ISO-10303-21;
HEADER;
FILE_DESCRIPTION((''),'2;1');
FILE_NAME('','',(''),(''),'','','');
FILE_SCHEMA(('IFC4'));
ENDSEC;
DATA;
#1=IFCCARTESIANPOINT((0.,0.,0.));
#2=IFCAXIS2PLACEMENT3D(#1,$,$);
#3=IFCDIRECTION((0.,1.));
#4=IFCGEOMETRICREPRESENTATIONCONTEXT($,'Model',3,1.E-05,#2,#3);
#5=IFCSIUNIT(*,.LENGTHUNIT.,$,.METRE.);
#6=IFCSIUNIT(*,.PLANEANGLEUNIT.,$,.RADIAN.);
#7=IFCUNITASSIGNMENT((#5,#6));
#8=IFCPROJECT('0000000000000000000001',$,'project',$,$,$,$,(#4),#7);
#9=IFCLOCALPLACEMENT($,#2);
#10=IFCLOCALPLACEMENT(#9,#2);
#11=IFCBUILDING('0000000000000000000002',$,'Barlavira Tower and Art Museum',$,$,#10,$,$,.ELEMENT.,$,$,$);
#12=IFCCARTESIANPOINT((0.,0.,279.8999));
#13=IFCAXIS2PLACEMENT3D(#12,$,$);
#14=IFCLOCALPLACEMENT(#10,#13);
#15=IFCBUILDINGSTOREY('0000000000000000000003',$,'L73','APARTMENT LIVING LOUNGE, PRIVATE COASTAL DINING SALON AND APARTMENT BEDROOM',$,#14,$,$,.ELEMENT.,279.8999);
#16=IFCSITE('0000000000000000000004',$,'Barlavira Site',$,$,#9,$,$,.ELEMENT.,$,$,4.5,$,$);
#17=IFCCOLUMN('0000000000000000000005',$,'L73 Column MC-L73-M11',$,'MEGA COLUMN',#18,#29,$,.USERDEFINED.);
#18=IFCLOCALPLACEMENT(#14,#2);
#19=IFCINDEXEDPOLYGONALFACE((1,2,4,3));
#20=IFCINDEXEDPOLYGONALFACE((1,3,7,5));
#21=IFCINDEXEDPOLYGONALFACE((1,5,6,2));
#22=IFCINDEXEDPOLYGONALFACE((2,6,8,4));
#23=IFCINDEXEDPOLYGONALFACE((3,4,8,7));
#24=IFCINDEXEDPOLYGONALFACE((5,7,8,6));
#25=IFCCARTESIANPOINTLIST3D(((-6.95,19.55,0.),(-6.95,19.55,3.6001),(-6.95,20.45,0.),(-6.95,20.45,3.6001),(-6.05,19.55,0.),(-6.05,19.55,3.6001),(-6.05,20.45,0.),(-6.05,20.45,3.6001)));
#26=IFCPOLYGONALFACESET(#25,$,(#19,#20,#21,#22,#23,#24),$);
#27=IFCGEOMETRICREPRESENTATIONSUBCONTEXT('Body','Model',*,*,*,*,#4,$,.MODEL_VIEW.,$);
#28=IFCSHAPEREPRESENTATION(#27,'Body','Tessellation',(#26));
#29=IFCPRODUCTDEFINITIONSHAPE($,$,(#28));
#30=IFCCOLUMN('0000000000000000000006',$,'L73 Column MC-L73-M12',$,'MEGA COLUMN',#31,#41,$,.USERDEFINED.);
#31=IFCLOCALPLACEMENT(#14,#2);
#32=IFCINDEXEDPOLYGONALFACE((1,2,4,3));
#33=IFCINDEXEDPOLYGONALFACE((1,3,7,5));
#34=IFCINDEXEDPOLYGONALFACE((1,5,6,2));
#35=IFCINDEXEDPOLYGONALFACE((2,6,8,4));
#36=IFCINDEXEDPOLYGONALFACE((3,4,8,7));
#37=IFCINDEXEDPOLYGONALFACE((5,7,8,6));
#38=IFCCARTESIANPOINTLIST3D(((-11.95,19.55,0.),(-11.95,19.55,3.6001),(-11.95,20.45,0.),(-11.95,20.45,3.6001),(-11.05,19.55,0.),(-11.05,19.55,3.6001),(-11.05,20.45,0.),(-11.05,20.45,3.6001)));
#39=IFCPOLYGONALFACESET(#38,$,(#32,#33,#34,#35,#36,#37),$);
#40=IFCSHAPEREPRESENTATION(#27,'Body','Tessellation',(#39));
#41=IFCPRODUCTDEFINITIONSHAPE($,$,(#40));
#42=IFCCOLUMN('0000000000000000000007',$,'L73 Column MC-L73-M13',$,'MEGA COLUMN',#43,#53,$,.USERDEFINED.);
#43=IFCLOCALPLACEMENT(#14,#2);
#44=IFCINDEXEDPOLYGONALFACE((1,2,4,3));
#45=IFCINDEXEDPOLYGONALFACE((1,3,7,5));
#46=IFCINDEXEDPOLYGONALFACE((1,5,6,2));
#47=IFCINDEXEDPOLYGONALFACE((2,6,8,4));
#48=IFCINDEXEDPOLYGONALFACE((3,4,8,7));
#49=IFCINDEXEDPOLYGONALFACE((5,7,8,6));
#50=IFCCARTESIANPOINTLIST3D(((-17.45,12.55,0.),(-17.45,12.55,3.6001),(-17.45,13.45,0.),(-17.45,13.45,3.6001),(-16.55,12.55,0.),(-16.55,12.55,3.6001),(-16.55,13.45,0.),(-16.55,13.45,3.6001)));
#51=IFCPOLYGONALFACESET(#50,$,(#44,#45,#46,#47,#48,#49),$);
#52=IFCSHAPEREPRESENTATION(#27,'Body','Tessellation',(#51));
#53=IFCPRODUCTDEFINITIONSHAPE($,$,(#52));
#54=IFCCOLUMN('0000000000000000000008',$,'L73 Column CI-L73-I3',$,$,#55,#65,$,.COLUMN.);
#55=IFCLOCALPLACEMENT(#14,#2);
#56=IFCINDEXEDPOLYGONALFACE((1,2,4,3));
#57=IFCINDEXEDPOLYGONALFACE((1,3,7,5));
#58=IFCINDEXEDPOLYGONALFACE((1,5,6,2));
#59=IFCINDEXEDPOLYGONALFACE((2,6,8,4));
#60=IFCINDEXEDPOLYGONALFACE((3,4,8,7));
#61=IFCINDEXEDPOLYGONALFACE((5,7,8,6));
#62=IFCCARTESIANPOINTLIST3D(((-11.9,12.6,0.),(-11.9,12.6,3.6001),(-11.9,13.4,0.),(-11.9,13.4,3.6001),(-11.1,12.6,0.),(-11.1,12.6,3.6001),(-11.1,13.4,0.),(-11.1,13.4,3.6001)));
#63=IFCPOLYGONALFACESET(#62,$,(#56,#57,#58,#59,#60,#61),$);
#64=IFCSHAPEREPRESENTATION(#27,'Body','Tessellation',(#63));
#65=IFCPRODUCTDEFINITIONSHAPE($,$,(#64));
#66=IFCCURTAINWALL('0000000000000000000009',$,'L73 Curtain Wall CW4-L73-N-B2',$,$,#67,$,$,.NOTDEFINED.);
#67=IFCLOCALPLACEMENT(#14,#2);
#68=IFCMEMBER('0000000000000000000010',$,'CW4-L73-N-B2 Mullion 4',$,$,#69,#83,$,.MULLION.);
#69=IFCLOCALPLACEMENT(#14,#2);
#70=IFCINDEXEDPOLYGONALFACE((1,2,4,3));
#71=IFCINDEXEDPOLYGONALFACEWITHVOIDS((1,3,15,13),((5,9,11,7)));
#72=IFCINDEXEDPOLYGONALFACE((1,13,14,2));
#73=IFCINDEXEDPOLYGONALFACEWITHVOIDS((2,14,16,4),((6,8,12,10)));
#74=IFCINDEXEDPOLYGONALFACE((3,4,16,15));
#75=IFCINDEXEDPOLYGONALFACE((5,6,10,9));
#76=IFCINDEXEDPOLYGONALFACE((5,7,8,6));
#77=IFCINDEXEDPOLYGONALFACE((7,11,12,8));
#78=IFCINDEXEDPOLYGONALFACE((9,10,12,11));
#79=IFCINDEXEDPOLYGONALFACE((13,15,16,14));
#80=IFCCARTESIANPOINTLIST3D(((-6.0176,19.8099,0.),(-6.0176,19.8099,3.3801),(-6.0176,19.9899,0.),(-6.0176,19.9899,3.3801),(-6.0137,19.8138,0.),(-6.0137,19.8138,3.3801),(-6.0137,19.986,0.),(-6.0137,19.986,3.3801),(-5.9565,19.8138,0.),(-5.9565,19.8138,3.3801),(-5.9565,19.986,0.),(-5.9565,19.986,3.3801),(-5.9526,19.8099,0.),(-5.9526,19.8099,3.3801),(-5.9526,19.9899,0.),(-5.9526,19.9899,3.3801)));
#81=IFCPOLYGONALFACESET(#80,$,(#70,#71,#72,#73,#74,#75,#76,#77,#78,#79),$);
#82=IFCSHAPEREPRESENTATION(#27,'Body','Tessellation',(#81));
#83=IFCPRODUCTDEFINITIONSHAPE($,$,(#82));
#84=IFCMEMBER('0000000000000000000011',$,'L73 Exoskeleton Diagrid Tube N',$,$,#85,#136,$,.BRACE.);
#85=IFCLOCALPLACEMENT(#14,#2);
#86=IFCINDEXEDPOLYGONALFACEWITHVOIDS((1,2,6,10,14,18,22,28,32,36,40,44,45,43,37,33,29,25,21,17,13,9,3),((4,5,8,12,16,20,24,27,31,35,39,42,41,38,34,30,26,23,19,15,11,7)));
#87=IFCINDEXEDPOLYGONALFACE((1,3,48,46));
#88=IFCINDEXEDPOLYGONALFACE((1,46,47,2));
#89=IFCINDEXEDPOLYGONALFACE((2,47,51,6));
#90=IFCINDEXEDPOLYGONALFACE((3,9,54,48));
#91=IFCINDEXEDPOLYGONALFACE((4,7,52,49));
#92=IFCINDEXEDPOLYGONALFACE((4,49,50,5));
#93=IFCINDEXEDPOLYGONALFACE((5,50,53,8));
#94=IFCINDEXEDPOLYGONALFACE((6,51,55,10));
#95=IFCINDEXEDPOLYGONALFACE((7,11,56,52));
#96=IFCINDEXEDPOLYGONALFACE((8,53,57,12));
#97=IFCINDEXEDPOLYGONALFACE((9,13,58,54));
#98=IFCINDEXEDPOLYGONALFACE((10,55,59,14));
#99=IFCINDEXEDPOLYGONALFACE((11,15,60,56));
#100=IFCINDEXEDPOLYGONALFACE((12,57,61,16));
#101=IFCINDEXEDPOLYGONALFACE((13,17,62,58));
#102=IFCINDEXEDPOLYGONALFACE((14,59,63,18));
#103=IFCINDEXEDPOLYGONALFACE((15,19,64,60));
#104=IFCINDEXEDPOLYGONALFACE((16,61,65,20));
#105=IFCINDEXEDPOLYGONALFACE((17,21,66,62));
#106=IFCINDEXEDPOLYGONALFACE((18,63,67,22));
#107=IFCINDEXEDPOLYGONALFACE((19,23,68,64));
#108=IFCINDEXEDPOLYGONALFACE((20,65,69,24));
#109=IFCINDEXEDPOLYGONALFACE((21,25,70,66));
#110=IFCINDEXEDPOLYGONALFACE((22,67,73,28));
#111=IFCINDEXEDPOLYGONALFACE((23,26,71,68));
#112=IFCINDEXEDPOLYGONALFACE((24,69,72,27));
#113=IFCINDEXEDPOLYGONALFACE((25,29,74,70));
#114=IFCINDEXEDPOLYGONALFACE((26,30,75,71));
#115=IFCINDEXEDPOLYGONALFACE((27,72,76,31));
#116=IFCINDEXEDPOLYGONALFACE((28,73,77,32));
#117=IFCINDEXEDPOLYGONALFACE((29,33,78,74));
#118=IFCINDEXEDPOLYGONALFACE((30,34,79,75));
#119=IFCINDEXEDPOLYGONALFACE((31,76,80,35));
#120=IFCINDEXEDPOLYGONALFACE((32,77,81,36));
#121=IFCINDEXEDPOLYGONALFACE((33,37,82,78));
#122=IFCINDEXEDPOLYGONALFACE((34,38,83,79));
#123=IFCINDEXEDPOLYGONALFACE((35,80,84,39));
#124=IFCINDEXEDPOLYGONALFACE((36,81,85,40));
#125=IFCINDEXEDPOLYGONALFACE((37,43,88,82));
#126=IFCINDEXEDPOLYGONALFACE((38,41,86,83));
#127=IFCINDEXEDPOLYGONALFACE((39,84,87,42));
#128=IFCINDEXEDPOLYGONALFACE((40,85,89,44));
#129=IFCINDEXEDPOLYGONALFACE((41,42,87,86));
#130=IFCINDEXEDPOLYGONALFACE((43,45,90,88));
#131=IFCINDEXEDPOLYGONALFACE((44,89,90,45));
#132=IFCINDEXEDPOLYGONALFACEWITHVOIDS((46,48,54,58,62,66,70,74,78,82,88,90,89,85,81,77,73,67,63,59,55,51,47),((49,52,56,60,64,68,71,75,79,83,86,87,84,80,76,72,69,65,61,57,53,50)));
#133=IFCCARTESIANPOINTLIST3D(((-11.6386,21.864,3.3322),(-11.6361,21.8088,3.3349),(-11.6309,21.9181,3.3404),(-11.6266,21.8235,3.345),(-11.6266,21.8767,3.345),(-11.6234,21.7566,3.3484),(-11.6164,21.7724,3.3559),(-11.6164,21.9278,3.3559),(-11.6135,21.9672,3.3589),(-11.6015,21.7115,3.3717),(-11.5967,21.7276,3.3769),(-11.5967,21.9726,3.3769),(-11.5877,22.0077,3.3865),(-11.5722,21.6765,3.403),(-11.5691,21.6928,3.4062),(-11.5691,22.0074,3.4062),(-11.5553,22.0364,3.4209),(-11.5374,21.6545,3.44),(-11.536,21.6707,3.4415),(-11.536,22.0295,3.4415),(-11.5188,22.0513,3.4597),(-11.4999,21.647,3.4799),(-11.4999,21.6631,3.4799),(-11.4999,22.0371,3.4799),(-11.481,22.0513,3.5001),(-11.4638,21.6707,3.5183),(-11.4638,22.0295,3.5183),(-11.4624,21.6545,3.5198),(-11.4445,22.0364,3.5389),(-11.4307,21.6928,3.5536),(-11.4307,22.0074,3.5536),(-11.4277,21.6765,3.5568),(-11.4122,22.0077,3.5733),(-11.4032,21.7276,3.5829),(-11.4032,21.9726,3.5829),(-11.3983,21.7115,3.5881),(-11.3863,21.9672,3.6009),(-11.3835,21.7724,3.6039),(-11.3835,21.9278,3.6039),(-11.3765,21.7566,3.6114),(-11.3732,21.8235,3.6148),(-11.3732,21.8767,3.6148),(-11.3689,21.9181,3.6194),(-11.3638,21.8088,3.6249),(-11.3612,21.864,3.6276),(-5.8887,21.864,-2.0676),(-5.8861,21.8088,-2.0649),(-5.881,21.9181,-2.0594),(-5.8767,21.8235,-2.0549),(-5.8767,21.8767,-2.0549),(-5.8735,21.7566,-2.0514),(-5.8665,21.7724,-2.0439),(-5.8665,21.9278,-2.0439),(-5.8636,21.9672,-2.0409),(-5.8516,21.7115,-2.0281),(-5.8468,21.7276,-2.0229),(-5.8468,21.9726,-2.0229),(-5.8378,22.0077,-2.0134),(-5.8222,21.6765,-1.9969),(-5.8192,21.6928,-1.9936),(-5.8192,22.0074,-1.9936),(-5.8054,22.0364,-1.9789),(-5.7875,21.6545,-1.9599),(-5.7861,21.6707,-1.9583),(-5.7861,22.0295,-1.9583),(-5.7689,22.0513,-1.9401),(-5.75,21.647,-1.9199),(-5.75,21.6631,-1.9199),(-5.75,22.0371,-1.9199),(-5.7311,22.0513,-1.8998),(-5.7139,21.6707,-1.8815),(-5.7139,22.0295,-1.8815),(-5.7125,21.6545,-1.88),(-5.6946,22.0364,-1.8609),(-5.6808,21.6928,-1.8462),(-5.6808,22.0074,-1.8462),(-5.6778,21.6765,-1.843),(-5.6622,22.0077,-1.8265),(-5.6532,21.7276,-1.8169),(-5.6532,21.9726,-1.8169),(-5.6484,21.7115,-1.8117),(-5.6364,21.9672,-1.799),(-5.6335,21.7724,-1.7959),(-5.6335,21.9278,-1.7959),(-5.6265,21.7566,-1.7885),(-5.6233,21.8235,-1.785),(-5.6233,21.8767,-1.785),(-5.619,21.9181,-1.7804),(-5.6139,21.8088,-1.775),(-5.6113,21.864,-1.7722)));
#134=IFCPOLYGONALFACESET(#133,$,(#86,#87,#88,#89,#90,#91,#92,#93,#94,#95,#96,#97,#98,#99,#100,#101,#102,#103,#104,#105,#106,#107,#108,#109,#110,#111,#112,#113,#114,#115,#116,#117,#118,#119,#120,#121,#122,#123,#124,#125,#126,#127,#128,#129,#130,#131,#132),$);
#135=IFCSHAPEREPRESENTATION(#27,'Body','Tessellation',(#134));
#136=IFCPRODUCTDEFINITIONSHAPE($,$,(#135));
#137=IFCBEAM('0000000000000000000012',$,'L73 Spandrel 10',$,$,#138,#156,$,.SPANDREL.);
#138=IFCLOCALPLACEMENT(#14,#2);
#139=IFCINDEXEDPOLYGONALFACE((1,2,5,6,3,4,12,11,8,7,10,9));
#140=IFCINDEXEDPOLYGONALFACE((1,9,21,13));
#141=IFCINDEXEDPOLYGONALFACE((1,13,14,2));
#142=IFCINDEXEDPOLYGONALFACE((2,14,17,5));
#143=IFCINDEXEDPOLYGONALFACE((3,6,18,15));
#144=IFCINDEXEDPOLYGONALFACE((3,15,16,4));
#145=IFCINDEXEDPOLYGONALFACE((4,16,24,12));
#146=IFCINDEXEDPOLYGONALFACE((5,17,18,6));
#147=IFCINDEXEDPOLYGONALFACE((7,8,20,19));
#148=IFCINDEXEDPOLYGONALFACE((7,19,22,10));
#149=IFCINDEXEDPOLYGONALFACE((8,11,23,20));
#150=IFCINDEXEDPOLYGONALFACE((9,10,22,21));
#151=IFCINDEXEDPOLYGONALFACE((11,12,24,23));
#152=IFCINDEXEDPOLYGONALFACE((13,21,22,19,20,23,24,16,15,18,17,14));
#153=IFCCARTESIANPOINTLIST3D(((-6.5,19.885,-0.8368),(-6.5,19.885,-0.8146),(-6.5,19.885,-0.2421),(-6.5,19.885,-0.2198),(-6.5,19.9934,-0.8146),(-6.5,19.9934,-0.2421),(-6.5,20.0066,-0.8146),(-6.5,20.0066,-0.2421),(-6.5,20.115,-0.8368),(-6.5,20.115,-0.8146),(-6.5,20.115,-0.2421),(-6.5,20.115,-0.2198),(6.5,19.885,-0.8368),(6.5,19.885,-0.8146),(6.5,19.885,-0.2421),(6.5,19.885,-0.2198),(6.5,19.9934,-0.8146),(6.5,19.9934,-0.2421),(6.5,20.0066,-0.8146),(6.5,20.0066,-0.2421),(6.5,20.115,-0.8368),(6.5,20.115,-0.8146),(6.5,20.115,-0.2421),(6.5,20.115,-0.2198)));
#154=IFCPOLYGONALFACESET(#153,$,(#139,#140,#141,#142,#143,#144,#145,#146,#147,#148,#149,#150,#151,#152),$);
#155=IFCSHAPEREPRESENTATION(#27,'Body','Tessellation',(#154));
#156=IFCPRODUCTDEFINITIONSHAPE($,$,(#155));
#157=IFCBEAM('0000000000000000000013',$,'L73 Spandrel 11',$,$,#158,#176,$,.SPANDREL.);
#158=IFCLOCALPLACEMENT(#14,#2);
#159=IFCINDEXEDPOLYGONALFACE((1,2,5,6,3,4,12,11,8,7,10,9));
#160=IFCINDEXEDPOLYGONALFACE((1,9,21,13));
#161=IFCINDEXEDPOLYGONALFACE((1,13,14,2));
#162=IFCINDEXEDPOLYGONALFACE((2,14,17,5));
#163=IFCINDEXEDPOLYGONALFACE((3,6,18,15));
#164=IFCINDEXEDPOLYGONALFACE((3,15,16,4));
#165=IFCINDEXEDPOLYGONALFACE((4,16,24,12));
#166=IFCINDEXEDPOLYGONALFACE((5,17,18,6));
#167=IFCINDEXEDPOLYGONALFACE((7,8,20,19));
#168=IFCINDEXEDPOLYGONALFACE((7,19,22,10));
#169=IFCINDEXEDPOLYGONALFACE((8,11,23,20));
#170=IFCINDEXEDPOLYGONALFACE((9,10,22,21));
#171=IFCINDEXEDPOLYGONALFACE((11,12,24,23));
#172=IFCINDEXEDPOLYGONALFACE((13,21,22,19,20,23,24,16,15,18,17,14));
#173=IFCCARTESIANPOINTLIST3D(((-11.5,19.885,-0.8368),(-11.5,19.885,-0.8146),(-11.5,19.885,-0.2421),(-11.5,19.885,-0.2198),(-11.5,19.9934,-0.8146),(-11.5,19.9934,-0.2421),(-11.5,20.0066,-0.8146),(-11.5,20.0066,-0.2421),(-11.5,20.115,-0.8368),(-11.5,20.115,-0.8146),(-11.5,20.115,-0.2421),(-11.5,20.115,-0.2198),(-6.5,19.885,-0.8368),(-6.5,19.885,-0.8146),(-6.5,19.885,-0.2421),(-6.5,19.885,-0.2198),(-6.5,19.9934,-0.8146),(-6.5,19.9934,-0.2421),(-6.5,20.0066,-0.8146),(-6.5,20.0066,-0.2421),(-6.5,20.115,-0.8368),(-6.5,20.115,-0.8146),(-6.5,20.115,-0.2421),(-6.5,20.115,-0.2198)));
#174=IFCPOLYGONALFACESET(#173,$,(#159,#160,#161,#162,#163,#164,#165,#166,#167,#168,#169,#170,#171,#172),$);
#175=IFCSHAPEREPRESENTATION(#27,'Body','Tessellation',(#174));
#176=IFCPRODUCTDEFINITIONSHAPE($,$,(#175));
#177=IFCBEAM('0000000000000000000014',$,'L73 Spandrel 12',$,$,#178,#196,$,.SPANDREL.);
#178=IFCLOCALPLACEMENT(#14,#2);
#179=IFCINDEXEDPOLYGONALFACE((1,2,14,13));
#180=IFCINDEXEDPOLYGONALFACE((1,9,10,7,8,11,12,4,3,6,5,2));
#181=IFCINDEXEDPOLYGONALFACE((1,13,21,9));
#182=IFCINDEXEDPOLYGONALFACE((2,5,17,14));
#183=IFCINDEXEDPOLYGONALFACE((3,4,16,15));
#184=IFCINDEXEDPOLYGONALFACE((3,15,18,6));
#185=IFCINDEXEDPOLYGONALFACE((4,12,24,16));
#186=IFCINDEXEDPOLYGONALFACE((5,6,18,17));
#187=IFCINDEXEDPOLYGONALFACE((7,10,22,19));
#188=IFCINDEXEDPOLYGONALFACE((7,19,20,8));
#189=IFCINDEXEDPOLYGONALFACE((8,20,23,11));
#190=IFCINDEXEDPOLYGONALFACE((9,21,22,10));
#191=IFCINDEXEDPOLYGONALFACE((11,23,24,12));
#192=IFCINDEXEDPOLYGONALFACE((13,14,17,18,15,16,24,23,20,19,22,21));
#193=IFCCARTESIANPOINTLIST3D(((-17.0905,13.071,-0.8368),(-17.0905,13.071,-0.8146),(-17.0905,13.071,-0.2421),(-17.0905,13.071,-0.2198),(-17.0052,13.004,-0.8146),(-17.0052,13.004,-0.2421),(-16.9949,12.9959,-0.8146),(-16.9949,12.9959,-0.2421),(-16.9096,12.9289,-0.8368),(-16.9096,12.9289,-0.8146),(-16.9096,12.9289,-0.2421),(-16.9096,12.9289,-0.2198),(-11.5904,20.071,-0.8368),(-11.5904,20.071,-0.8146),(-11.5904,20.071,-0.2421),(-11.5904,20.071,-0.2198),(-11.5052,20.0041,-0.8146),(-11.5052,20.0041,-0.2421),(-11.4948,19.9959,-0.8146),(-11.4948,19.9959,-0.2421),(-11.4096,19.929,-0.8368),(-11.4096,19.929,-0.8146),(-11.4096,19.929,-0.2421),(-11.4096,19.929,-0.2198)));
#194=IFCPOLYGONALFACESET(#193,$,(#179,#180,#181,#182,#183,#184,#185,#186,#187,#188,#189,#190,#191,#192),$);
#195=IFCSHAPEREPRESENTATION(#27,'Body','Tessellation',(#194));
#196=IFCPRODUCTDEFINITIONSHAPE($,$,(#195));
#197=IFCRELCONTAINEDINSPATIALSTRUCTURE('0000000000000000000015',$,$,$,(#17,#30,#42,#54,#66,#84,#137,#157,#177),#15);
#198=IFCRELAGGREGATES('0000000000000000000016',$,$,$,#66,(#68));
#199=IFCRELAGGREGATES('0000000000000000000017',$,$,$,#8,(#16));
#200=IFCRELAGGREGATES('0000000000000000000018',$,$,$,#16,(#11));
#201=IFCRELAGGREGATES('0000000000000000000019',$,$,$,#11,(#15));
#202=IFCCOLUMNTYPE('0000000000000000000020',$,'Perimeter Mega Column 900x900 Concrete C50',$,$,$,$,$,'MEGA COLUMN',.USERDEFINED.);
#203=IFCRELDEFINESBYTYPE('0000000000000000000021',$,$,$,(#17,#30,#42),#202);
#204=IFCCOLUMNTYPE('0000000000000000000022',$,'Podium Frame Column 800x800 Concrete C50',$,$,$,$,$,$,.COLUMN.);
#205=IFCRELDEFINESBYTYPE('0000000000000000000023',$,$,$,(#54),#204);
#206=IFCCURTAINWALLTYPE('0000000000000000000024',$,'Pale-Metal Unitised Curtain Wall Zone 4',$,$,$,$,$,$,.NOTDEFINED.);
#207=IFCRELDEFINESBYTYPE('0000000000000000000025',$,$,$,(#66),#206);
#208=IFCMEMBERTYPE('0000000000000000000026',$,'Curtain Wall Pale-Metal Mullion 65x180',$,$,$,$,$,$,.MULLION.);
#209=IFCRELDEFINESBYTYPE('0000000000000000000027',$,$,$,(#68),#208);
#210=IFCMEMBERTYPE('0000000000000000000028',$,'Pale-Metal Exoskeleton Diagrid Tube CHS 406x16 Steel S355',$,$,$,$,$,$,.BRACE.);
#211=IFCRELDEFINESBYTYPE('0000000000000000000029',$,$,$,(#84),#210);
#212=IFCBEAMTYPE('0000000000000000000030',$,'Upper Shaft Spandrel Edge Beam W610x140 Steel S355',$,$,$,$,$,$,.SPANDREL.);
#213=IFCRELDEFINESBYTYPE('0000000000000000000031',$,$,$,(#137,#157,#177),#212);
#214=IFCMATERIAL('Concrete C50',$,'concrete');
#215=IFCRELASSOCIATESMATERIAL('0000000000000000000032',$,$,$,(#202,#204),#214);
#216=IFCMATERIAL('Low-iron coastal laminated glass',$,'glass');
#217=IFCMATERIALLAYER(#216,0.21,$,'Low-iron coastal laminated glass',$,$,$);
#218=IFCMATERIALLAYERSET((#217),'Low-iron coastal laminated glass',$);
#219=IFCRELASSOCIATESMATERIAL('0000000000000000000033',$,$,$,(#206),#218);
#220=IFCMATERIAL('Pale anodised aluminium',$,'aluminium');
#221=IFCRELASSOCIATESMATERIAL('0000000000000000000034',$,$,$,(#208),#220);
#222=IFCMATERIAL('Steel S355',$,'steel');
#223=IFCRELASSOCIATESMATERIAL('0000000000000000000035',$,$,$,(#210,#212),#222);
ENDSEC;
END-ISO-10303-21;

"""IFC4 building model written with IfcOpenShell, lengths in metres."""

from ifc_helpers import new_model, si_unit, direction, frame, origin, origin_2d, place, context, subcontext, project, spatial, rectangle, hollow_rectangle, hollow_circle, i_section, extrude, material, layer, layer_set, material_profile, profile_set, type_object, element, aggregate, save


model = new_model("IFC4")

# Units and contexts
model_context = context("Model", 3, precision=1e-05, world=origin(), true_north=direction((0.0, 1.0)))
body_context = subcontext(model_context, "Body", "Model", "MODEL_VIEW")
ifc_project = project(units=[si_unit("LENGTHUNIT", "METRE"), si_unit("PLANEANGLEUNIT", "RADIAN")], contexts=[model_context])

# Site, building, storey
site_placement = place(None, origin())
site = spatial("IfcSite", under=ifc_project, at=site_placement, Name="Barlavira Site", CompositionType="ELEMENT", RefElevation=4.5)
building_placement = place(site_placement, origin())
building = spatial("IfcBuilding", under=site, at=building_placement, Name="Barlavira Tower and Art Museum", CompositionType="ELEMENT")
storey_placement = place(building_placement, frame((0.0, 0.0, 279.8999)))
storey = spatial("IfcBuildingStorey", under=building, at=storey_placement, Name="L73", Description="APARTMENT LIVING LOUNGE, PRIVATE COASTAL DINING SALON AND APARTMENT BEDROOM", CompositionType="ELEMENT", Elevation=279.8999)

# Columns
ifc_material_1 = material(Name="Concrete C50", Category="concrete")
ifc_material_profile_1 = material_profile(ifc_material_1, rectangle(XDim=0.8999, YDim=0.8999, at=origin_2d()), Name="RC-COL 900x900")
ifc_profile_set_1 = profile_set([ifc_material_profile_1], Name="Concrete C50")
column_type_1 = type_object("IfcColumnType", Name="Perimeter Mega Column 900x900 Concrete C50", ElementType="MEGA COLUMN", PredefinedType="USERDEFINED", material=ifc_profile_set_1)
for number, where, z_axis, x_axis, name in (
    (1, (-6.5, 20.0, 0.0), (0.0, 0.0, 1.0), (1.0, 0.0, 0.0), "L73 Column MC-L73-M11"),
    (2, (-11.5, 20.0, 0.0), (0.0, 0.0, 1.0), (1.0, 0.0, 0.0), "L73 Column MC-L73-M12"),
    (3, (-17.0, 13.0, 0.0), (0.0, 0.0, 1.0), (1.0, 0.0, 0.0), "L73 Column MC-L73-M13"),
):
    element("IfcColumn", number, at=place(storey_placement, frame(where, z_axis=z_axis, x_axis=x_axis)), inside=storey, type_object=column_type_1, Name=name, ObjectType="MEGA COLUMN", PredefinedType="USERDEFINED", context=body_context, shape_type="SweptSolid", body=[
        extrude(rectangle(XDim=0.8999, YDim=0.8999, at=origin_2d()), origin(), (0.0, 0.0, 1.0), 3.6001),
    ])
ifc_material_profile_2 = material_profile(ifc_material_1, rectangle(XDim=0.8, YDim=0.8, at=origin_2d()), Name="RC-COL 800x800")
ifc_profile_set_2 = profile_set([ifc_material_profile_2], Name="Concrete C50")
column_type_2 = type_object("IfcColumnType", Name="Podium Frame Column 800x800 Concrete C50", PredefinedType="COLUMN", material=ifc_profile_set_2)
column_placement = place(storey_placement, frame((-11.5, 13.0, 0.0), z_axis=(0.0, 0.0, 1.0), x_axis=(1.0, 0.0, 0.0)))
element("IfcColumn", 4, at=column_placement, inside=storey, type_object=column_type_2, Name="L73 Column CI-L73-I3", PredefinedType="COLUMN", context=body_context, shape_type="SweptSolid", body=[
    extrude(rectangle(XDim=0.8, YDim=0.8, at=origin_2d()), origin(), (0.0, 0.0, 1.0), 3.6001),
])

# Curtain wall, member
ifc_material_2 = material(Name="Low-iron coastal laminated glass", Category="glass")
ifc_layer_1 = layer(ifc_material_2, 0.21, Name="Low-iron coastal laminated glass")
ifc_layer_set_1 = layer_set([ifc_layer_1], Name="Low-iron coastal laminated glass")
curtain_wall_type = type_object("IfcCurtainWallType", Name="Pale-Metal Unitised Curtain Wall Zone 4", PredefinedType="NOTDEFINED", material=ifc_layer_set_1)
curtain_wall_placement = place(storey_placement, origin())
curtain_wall = element("IfcCurtainWall", 5, at=curtain_wall_placement, inside=storey, type_object=curtain_wall_type, Name="L73 Curtain Wall CW4-L73-N-B2", PredefinedType="NOTDEFINED")
ifc_material_3 = material(Name="Pale anodised aluminium", Category="aluminium")
ifc_material_profile_3 = material_profile(ifc_material_3, hollow_rectangle(XDim=0.0649, YDim=0.1799, WallThickness=0.0039, at=origin_2d()), Name="ALU-MULL 65x180x4")
ifc_profile_set_3 = profile_set([ifc_material_profile_3], Name="Pale anodised aluminium")
member_type_1 = type_object("IfcMemberType", Name="Curtain Wall Pale-Metal Mullion 65x180", PredefinedType="MULLION", material=ifc_profile_set_3)
member_1_placement = place(storey_placement, frame((-5.9851, 19.8999, 0.0), z_axis=(0.0, 0.0, 1.0), x_axis=(-1.0, 0.0, 0.0)))
member_1 = element("IfcMember", 6, at=member_1_placement, type_object=member_type_1, Name="CW4-L73-N-B2 Mullion 4", PredefinedType="MULLION", context=body_context, shape_type="SweptSolid", body=[
    extrude(hollow_rectangle(XDim=0.0649, YDim=0.1799, WallThickness=0.0039, at=origin_2d()), origin(), (0.0, 0.0, 1.0), 3.3801),
])
aggregate(curtain_wall, [member_1])

# Member
ifc_material_4 = material(Name="Steel S355", Category="steel")
ifc_material_profile_4 = material_profile(ifc_material_4, hollow_circle(Radius=0.2031, WallThickness=0.0161, at=origin_2d()), Name="CHS 406.4x16.0")
ifc_profile_set_4 = profile_set([ifc_material_profile_4], Name="Steel S355")
member_type_2 = type_object("IfcMemberType", Name="Pale-Metal Exoskeleton Diagrid Tube CHS 406x16 Steel S355", PredefinedType="BRACE", material=ifc_profile_set_4)
member_2_placement = place(storey_placement, frame((-5.75, 21.8501, -1.9199), z_axis=(-0.72895, 0.0, 0.684567), x_axis=(0.0, -1.0, 0.0)))
element("IfcMember", 7, at=member_2_placement, inside=storey, type_object=member_type_2, Name="L73 Exoskeleton Diagrid Tube N", PredefinedType="BRACE", context=body_context, shape_type="SweptSolid", body=[
    extrude(hollow_circle(Radius=0.2031, WallThickness=0.0161, at=origin_2d()), origin(), (0.0, 0.0, 1.0), 7.8879),
])

# Beams
ifc_material_profile_5 = material_profile(ifc_material_4, i_section(OverallWidth=0.23, OverallDepth=0.6169, WebThickness=0.0132, FlangeThickness=0.0222, at=origin_2d()), Name="W610x140.0")
ifc_profile_set_5 = profile_set([ifc_material_profile_5], Name="Steel S355")
beam_type_1 = type_object("IfcBeamType", Name="Upper Shaft Spandrel Edge Beam W610x140 Steel S355", PredefinedType="SPANDREL", material=ifc_profile_set_5)
beam_1_placement = place(storey_placement, frame((-6.5, 20.0, -0.5283), z_axis=(1.0, 0.0, 0.0), x_axis=(0.0, 1.0, 0.0)))
element("IfcBeam", 8, at=beam_1_placement, inside=storey, type_object=beam_type_1, Name="L73 Spandrel 10", PredefinedType="SPANDREL", context=body_context, shape_type="SweptSolid", body=[
    extrude(i_section(OverallWidth=0.23, OverallDepth=0.6169, WebThickness=0.0132, FlangeThickness=0.0222, at=origin_2d()), origin(), (0.0, 0.0, 1.0), 13.0),
])
beam_2_placement = place(storey_placement, frame((-11.5, 20.0, -0.5283), z_axis=(1.0, 0.0, 0.0), x_axis=(0.0, 1.0, 0.0)))
element("IfcBeam", 9, at=beam_2_placement, inside=storey, type_object=beam_type_1, Name="L73 Spandrel 11", PredefinedType="SPANDREL", context=body_context, shape_type="SweptSolid", body=[
    extrude(i_section(OverallWidth=0.23, OverallDepth=0.6169, WebThickness=0.0132, FlangeThickness=0.0222, at=origin_2d()), origin(), (0.0, 0.0, 1.0), 5.0),
])
beam_3_placement = place(storey_placement, frame((-11.5, 20.0, -0.5283), z_axis=(-0.617822, -0.786318, 0.0), x_axis=(0.786318, -0.617822, 0.0)))
element("IfcBeam", 10, at=beam_3_placement, inside=storey, type_object=beam_type_1, Name="L73 Spandrel 12", PredefinedType="SPANDREL", context=body_context, shape_type="SweptSolid", body=[
    extrude(i_section(OverallWidth=0.23, OverallDepth=0.6169, WebThickness=0.0132, FlangeThickness=0.0222, at=origin_2d()), origin(), (0.0, 0.0, 1.0), 8.9023),
])

save(model, "model.ifc")
